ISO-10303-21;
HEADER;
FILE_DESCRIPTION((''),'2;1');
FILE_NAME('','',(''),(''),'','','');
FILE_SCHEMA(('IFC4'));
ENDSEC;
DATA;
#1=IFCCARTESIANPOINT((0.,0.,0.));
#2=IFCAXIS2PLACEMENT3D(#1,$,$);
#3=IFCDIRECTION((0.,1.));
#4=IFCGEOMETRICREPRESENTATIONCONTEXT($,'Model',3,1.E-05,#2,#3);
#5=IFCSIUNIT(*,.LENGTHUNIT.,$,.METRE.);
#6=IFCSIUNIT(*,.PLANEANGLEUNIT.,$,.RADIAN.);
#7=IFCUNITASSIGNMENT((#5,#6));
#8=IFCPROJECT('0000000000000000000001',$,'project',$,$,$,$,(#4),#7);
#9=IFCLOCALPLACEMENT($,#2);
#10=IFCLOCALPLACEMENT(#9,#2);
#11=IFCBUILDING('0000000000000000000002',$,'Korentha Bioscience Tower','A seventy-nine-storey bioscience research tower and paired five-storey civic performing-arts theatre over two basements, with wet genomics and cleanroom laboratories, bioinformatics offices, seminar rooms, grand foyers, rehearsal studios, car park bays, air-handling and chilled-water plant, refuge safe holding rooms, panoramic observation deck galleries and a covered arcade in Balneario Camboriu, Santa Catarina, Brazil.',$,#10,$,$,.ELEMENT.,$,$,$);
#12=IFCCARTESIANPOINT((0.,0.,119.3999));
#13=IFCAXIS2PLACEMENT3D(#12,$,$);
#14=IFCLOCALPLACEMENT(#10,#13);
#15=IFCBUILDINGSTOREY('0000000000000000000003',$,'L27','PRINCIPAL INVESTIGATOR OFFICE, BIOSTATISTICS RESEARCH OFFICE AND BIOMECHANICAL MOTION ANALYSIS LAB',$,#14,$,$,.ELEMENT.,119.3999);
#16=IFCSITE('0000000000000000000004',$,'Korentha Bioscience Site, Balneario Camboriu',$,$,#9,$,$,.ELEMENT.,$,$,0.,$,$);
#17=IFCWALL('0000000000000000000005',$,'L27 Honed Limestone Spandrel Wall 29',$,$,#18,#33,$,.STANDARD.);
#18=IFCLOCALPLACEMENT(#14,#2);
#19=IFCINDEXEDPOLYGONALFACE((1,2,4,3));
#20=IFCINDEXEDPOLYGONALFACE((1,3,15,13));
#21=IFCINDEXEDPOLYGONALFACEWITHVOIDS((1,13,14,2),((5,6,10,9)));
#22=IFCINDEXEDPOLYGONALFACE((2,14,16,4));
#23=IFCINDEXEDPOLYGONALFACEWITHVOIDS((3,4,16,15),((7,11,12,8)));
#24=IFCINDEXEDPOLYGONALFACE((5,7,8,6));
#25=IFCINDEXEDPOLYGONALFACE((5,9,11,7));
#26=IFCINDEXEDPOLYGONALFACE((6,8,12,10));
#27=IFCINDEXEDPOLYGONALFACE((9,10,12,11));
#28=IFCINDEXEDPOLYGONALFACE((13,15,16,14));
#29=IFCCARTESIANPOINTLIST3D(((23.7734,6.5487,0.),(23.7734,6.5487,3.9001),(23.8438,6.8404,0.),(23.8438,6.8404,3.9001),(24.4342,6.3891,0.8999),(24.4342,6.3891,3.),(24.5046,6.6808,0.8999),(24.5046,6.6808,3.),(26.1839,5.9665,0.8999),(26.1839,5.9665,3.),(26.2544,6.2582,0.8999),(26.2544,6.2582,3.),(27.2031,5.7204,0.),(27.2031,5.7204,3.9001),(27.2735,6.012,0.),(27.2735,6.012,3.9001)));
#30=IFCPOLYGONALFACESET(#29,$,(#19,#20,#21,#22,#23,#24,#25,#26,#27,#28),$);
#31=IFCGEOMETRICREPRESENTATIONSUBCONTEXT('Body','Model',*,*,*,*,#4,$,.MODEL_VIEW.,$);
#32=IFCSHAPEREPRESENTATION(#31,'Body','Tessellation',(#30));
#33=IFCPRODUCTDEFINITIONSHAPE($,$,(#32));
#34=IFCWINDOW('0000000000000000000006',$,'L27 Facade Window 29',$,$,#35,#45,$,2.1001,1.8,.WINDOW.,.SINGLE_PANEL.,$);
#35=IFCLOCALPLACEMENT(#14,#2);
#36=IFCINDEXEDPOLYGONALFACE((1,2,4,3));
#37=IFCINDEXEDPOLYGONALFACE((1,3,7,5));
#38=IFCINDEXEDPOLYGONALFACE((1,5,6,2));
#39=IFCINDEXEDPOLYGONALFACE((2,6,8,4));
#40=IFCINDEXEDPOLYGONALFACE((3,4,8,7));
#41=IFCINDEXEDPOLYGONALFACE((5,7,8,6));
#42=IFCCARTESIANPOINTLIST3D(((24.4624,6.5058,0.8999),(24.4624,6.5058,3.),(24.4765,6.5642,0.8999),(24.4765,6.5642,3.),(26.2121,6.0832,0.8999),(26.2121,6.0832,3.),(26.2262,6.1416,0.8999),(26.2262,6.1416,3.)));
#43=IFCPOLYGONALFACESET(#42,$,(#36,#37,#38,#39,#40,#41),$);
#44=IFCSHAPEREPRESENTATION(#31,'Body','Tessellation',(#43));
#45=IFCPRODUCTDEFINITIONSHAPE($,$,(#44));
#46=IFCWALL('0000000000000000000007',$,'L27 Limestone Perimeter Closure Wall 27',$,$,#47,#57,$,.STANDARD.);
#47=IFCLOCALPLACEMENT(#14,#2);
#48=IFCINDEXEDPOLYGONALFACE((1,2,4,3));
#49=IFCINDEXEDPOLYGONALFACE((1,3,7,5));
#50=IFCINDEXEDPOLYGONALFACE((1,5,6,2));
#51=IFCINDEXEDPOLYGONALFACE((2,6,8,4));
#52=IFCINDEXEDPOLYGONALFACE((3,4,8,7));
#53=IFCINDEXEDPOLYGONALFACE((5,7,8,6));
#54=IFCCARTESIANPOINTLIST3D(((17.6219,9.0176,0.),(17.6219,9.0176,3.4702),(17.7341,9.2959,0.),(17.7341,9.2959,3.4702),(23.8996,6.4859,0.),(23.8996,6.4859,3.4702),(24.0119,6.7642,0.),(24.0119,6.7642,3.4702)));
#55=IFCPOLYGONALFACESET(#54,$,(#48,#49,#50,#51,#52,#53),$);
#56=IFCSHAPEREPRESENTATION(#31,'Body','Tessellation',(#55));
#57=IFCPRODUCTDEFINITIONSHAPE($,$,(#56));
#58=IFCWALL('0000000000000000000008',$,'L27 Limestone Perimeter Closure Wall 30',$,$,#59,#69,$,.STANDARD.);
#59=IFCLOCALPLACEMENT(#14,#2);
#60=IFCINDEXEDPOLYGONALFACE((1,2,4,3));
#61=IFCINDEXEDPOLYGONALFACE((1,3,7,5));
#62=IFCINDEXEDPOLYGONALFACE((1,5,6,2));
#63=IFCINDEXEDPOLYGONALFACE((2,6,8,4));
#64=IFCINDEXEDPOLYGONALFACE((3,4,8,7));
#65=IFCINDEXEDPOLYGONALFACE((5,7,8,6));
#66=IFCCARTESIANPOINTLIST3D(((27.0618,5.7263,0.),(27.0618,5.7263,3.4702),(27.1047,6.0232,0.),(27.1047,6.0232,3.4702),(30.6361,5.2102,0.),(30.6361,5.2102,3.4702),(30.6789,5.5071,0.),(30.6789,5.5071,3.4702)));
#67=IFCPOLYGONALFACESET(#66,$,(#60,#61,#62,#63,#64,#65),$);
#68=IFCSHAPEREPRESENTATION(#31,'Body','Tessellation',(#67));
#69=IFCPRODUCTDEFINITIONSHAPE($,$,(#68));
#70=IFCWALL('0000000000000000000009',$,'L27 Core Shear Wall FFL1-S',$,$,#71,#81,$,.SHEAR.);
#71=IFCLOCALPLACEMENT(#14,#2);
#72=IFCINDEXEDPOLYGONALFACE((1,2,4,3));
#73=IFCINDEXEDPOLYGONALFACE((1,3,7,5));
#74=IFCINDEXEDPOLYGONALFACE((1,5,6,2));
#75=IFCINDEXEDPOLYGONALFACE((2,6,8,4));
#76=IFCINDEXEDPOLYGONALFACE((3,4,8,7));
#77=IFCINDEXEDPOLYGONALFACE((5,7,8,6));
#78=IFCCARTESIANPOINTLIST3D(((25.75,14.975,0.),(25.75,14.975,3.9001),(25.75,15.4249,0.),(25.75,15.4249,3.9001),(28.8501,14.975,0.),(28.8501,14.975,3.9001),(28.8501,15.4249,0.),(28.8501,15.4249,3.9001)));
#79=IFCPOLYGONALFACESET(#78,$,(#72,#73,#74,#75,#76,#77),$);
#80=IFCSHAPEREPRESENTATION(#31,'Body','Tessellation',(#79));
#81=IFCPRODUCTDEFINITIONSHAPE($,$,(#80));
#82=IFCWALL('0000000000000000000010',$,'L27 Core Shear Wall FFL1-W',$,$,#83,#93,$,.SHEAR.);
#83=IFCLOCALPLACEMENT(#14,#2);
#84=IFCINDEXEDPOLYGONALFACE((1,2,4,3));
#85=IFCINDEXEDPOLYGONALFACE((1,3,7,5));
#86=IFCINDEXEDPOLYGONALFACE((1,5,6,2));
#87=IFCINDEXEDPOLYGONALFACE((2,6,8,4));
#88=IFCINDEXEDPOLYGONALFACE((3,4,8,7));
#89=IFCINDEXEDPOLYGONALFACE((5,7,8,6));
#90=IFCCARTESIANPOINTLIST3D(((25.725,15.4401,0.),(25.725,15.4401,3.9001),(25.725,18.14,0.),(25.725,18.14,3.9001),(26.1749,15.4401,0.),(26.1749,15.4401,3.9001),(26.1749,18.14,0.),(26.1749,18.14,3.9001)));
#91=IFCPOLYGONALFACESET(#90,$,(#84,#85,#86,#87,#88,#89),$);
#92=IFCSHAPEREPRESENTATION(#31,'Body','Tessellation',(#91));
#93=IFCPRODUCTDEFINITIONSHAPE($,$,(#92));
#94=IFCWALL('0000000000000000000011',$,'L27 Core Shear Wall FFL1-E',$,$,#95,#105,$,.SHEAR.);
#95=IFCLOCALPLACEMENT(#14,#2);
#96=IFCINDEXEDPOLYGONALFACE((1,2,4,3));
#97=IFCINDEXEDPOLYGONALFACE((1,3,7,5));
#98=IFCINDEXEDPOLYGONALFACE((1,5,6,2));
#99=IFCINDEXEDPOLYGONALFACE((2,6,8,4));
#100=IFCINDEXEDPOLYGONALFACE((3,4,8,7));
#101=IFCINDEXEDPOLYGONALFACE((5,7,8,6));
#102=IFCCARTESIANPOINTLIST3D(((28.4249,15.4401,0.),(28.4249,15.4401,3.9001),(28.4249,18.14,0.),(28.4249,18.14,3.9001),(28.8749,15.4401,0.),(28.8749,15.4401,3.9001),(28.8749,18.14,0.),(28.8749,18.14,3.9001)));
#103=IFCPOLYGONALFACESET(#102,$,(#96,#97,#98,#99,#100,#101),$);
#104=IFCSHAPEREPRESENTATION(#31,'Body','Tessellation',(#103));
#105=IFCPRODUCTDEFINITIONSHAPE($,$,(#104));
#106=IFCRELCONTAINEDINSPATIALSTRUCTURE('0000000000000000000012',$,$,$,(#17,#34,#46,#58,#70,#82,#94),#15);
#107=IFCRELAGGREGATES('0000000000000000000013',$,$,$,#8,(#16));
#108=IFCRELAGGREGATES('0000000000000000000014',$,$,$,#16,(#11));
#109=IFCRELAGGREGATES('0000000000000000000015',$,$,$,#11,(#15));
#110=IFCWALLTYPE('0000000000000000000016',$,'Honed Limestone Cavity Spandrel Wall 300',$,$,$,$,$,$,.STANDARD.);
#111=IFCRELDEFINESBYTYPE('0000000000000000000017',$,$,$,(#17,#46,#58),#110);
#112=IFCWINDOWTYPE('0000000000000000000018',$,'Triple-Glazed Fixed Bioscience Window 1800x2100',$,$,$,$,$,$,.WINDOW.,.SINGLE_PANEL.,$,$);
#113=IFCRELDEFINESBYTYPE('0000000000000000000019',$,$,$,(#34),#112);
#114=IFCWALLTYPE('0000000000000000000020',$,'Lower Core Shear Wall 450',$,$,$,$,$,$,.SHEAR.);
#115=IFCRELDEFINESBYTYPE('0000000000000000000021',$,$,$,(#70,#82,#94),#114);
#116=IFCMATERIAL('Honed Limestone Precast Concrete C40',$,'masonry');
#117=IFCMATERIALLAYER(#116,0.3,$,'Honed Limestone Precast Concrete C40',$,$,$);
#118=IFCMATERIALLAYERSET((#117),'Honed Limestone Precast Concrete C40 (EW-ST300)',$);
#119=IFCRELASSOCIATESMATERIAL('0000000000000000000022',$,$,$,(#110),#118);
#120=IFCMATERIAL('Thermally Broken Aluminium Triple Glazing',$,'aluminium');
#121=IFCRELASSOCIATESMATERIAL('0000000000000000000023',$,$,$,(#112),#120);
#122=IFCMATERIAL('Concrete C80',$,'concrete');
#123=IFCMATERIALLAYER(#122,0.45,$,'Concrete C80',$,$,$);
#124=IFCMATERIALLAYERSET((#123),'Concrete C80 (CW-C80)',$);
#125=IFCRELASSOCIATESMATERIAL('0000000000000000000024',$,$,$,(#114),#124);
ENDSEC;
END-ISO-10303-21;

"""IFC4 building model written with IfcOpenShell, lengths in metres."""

from ifc_helpers import new_model, si_unit, direction, frame, frame_2d, origin, place, context, subcontext, project, spatial, rectangle, extrude, material, layer, layer_set, type_object, element, fill, save


model = new_model("IFC4")

# Units and contexts
model_context = context("Model", 3, precision=1e-05, world=origin(), true_north=direction((0.0, 1.0)))
body_context = subcontext(model_context, "Body", "Model", "MODEL_VIEW")
ifc_project = project(units=[si_unit("LENGTHUNIT", "METRE"), si_unit("PLANEANGLEUNIT", "RADIAN")], contexts=[model_context])

# Site, building, storey
site_placement = place(None, origin())
site = spatial("IfcSite", under=ifc_project, at=site_placement, Name="Korentha Bioscience Site, Balneario Camboriu", CompositionType="ELEMENT", RefElevation=0.0)
building_placement = place(site_placement, origin())
building = spatial("IfcBuilding", under=site, at=building_placement, Name="Korentha Bioscience Tower", Description="A seventy-nine-storey bioscience research tower and paired five-storey civic performing-arts theatre over two basements, with wet genomics and cleanroom laboratories, bioinformatics offices, seminar rooms, grand foyers, rehearsal studios, car park bays, air-handling and chilled-water plant, refuge safe holding rooms, panoramic observation deck galleries and a covered arcade in Balneario Camboriu, Santa Catarina, Brazil.", CompositionType="ELEMENT")
storey_placement = place(building_placement, frame((0.0, 0.0, 119.3999)))
storey = spatial("IfcBuildingStorey", under=building, at=storey_placement, Name="L27", Description="PRINCIPAL INVESTIGATOR OFFICE, BIOSTATISTICS RESEARCH OFFICE AND BIOMECHANICAL MOTION ANALYSIS LAB", CompositionType="ELEMENT", Elevation=119.3999)

# Shared definitions
ifc_material_1 = material(Name="Concrete C80", Category="concrete")

# Shared definitions
ifc_material_2 = material(Name="Honed Limestone Precast Concrete C40", Category="masonry")
ifc_layer_1 = layer(ifc_material_2, 0.3, Name="Honed Limestone Precast Concrete C40")
ifc_layer_set_1 = layer_set([ifc_layer_1], Name="Honed Limestone Precast Concrete C40 (EW-ST300)")
wall_type_1 = type_object("IfcWallType", Name="Honed Limestone Cavity Spandrel Wall 300", PredefinedType="STANDARD", material=ifc_layer_set_1)

# Wall, opening, window
wall_1_placement = place(storey_placement, frame((23.8086, 6.6946, 0.0), z_axis=(0.0, 0.0, 1.0), x_axis=(0.972049, -0.234778, 0.0)))
wall_1 = element("IfcWall", 1, at=wall_1_placement, inside=storey, type_object=wall_type_1, Name="L27 Honed Limestone Spandrel Wall 29", PredefinedType="STANDARD", context=body_context, shape_type="SweptSolid", body=[
    extrude(rectangle(XDim=3.5283, YDim=0.3, at=frame_2d((1.7642, 0.0))), origin(), (0.0, 0.0, 1.0), 3.9001),
])
opening_1_placement = place(wall_1_placement, frame((0.6799, 0.0, 0.8999)))
opening_1 = element("IfcOpeningElement", 2, at=opening_1_placement, cuts=wall_1, PredefinedType="OPENING", context=body_context, shape_type="SweptSolid", body=[
    extrude(rectangle(XDim=1.8, YDim=2.1001, at=frame_2d((0.8999, 1.05))), frame((0.0, 0.165, 0.0), z_axis=(0.0, -1.0, 0.0), x_axis=(1.0, 0.0, 0.0)), (0.0, 0.0, 1.0), 0.3298),
])
ifc_material_3 = material(Name="Thermally Broken Aluminium Triple Glazing", Category="aluminium")
window_type = type_object("IfcWindowType", Name="Triple-Glazed Fixed Bioscience Window 1800x2100", PartitioningType="SINGLE_PANEL", PredefinedType="WINDOW", material=ifc_material_3)
window_placement = place(opening_1_placement, origin())
window = element("IfcWindow", 3, at=window_placement, inside=storey, type_object=window_type, Name="L27 Facade Window 29", OverallHeight=2.1001, OverallWidth=1.8, PartitioningType="SINGLE_PANEL", PredefinedType="WINDOW", context=body_context, shape_type="SweptSolid", body=[
    extrude(rectangle(XDim=1.8, YDim=2.1001, at=frame_2d((0.8999, 1.05))), frame((0.0, 0.03, 0.0), z_axis=(0.0, -1.0, 0.0), x_axis=(1.0, 0.0, 0.0)), (0.0, 0.0, 1.0), 0.0601),
])
fill(opening_1, window)

# Walls
wall_2_placement = place(storey_placement, frame((17.678, 9.1567, 0.0), z_axis=(0.0, 0.0, 1.0), x_axis=(0.927423, -0.374013, 0.0)))
element("IfcWall", 4, at=wall_2_placement, inside=storey, type_object=wall_type_1, Name="L27 Limestone Perimeter Closure Wall 27", PredefinedType="STANDARD", context=body_context, shape_type="SweptSolid", body=[
    extrude(rectangle(XDim=6.769, YDim=0.3, at=frame_2d((3.3845, 0.0))), origin(), (0.0, 0.0, 1.0), 3.4702),
])
wall_3_placement = place(storey_placement, frame((27.0833, 5.8748, 0.0), z_axis=(0.0, 0.0, 1.0), x_axis=(0.989735, -0.142917, 0.0)))
element("IfcWall", 5, at=wall_3_placement, inside=storey, type_object=wall_type_1, Name="L27 Limestone Perimeter Closure Wall 30", PredefinedType="STANDARD", context=body_context, shape_type="SweptSolid", body=[
    extrude(rectangle(XDim=3.6113, YDim=0.3, at=frame_2d((1.8057, 0.0))), origin(), (0.0, 0.0, 1.0), 3.4702),
])
ifc_layer_2 = layer(ifc_material_1, 0.45, Name="Concrete C80")
ifc_layer_set_2 = layer_set([ifc_layer_2], Name="Concrete C80 (CW-C80)")
wall_type_2 = type_object("IfcWallType", Name="Lower Core Shear Wall 450", PredefinedType="SHEAR", material=ifc_layer_set_2)
wall_4_placement = place(storey_placement, frame((25.75, 15.2, 0.0), z_axis=(0.0, 0.0, 1.0), x_axis=(1.0, 0.0, 0.0)))
element("IfcWall", 6, at=wall_4_placement, inside=storey, type_object=wall_type_2, Name="L27 Core Shear Wall FFL1-S", PredefinedType="SHEAR", context=body_context, shape_type="SweptSolid", body=[
    extrude(rectangle(XDim=3.1001, YDim=0.45, at=frame_2d((1.55, 0.0))), origin(), (0.0, 0.0, 1.0), 3.9001),
])
for number, where, z_axis, x_axis, name in (
    (7, (25.95, 15.4399, 0.0), (0.0, 0.0, 1.0), (0.0, 1.0, 0.0), "L27 Core Shear Wall FFL1-W"),
    (8, (28.6499, 15.4399, 0.0), (0.0, 0.0, 1.0), (0.0, 1.0, 0.0), "L27 Core Shear Wall FFL1-E"),
):
    element("IfcWall", number, at=place(storey_placement, frame(where, z_axis=z_axis, x_axis=x_axis)), inside=storey, type_object=wall_type_2, Name=name, PredefinedType="SHEAR", context=body_context, shape_type="SweptSolid", body=[
        extrude(rectangle(XDim=2.7, YDim=0.45, at=frame_2d((1.3501, 0.0))), origin(), (0.0, 0.0, 1.0), 3.9001),
    ])

save(model, "model.ifc")
